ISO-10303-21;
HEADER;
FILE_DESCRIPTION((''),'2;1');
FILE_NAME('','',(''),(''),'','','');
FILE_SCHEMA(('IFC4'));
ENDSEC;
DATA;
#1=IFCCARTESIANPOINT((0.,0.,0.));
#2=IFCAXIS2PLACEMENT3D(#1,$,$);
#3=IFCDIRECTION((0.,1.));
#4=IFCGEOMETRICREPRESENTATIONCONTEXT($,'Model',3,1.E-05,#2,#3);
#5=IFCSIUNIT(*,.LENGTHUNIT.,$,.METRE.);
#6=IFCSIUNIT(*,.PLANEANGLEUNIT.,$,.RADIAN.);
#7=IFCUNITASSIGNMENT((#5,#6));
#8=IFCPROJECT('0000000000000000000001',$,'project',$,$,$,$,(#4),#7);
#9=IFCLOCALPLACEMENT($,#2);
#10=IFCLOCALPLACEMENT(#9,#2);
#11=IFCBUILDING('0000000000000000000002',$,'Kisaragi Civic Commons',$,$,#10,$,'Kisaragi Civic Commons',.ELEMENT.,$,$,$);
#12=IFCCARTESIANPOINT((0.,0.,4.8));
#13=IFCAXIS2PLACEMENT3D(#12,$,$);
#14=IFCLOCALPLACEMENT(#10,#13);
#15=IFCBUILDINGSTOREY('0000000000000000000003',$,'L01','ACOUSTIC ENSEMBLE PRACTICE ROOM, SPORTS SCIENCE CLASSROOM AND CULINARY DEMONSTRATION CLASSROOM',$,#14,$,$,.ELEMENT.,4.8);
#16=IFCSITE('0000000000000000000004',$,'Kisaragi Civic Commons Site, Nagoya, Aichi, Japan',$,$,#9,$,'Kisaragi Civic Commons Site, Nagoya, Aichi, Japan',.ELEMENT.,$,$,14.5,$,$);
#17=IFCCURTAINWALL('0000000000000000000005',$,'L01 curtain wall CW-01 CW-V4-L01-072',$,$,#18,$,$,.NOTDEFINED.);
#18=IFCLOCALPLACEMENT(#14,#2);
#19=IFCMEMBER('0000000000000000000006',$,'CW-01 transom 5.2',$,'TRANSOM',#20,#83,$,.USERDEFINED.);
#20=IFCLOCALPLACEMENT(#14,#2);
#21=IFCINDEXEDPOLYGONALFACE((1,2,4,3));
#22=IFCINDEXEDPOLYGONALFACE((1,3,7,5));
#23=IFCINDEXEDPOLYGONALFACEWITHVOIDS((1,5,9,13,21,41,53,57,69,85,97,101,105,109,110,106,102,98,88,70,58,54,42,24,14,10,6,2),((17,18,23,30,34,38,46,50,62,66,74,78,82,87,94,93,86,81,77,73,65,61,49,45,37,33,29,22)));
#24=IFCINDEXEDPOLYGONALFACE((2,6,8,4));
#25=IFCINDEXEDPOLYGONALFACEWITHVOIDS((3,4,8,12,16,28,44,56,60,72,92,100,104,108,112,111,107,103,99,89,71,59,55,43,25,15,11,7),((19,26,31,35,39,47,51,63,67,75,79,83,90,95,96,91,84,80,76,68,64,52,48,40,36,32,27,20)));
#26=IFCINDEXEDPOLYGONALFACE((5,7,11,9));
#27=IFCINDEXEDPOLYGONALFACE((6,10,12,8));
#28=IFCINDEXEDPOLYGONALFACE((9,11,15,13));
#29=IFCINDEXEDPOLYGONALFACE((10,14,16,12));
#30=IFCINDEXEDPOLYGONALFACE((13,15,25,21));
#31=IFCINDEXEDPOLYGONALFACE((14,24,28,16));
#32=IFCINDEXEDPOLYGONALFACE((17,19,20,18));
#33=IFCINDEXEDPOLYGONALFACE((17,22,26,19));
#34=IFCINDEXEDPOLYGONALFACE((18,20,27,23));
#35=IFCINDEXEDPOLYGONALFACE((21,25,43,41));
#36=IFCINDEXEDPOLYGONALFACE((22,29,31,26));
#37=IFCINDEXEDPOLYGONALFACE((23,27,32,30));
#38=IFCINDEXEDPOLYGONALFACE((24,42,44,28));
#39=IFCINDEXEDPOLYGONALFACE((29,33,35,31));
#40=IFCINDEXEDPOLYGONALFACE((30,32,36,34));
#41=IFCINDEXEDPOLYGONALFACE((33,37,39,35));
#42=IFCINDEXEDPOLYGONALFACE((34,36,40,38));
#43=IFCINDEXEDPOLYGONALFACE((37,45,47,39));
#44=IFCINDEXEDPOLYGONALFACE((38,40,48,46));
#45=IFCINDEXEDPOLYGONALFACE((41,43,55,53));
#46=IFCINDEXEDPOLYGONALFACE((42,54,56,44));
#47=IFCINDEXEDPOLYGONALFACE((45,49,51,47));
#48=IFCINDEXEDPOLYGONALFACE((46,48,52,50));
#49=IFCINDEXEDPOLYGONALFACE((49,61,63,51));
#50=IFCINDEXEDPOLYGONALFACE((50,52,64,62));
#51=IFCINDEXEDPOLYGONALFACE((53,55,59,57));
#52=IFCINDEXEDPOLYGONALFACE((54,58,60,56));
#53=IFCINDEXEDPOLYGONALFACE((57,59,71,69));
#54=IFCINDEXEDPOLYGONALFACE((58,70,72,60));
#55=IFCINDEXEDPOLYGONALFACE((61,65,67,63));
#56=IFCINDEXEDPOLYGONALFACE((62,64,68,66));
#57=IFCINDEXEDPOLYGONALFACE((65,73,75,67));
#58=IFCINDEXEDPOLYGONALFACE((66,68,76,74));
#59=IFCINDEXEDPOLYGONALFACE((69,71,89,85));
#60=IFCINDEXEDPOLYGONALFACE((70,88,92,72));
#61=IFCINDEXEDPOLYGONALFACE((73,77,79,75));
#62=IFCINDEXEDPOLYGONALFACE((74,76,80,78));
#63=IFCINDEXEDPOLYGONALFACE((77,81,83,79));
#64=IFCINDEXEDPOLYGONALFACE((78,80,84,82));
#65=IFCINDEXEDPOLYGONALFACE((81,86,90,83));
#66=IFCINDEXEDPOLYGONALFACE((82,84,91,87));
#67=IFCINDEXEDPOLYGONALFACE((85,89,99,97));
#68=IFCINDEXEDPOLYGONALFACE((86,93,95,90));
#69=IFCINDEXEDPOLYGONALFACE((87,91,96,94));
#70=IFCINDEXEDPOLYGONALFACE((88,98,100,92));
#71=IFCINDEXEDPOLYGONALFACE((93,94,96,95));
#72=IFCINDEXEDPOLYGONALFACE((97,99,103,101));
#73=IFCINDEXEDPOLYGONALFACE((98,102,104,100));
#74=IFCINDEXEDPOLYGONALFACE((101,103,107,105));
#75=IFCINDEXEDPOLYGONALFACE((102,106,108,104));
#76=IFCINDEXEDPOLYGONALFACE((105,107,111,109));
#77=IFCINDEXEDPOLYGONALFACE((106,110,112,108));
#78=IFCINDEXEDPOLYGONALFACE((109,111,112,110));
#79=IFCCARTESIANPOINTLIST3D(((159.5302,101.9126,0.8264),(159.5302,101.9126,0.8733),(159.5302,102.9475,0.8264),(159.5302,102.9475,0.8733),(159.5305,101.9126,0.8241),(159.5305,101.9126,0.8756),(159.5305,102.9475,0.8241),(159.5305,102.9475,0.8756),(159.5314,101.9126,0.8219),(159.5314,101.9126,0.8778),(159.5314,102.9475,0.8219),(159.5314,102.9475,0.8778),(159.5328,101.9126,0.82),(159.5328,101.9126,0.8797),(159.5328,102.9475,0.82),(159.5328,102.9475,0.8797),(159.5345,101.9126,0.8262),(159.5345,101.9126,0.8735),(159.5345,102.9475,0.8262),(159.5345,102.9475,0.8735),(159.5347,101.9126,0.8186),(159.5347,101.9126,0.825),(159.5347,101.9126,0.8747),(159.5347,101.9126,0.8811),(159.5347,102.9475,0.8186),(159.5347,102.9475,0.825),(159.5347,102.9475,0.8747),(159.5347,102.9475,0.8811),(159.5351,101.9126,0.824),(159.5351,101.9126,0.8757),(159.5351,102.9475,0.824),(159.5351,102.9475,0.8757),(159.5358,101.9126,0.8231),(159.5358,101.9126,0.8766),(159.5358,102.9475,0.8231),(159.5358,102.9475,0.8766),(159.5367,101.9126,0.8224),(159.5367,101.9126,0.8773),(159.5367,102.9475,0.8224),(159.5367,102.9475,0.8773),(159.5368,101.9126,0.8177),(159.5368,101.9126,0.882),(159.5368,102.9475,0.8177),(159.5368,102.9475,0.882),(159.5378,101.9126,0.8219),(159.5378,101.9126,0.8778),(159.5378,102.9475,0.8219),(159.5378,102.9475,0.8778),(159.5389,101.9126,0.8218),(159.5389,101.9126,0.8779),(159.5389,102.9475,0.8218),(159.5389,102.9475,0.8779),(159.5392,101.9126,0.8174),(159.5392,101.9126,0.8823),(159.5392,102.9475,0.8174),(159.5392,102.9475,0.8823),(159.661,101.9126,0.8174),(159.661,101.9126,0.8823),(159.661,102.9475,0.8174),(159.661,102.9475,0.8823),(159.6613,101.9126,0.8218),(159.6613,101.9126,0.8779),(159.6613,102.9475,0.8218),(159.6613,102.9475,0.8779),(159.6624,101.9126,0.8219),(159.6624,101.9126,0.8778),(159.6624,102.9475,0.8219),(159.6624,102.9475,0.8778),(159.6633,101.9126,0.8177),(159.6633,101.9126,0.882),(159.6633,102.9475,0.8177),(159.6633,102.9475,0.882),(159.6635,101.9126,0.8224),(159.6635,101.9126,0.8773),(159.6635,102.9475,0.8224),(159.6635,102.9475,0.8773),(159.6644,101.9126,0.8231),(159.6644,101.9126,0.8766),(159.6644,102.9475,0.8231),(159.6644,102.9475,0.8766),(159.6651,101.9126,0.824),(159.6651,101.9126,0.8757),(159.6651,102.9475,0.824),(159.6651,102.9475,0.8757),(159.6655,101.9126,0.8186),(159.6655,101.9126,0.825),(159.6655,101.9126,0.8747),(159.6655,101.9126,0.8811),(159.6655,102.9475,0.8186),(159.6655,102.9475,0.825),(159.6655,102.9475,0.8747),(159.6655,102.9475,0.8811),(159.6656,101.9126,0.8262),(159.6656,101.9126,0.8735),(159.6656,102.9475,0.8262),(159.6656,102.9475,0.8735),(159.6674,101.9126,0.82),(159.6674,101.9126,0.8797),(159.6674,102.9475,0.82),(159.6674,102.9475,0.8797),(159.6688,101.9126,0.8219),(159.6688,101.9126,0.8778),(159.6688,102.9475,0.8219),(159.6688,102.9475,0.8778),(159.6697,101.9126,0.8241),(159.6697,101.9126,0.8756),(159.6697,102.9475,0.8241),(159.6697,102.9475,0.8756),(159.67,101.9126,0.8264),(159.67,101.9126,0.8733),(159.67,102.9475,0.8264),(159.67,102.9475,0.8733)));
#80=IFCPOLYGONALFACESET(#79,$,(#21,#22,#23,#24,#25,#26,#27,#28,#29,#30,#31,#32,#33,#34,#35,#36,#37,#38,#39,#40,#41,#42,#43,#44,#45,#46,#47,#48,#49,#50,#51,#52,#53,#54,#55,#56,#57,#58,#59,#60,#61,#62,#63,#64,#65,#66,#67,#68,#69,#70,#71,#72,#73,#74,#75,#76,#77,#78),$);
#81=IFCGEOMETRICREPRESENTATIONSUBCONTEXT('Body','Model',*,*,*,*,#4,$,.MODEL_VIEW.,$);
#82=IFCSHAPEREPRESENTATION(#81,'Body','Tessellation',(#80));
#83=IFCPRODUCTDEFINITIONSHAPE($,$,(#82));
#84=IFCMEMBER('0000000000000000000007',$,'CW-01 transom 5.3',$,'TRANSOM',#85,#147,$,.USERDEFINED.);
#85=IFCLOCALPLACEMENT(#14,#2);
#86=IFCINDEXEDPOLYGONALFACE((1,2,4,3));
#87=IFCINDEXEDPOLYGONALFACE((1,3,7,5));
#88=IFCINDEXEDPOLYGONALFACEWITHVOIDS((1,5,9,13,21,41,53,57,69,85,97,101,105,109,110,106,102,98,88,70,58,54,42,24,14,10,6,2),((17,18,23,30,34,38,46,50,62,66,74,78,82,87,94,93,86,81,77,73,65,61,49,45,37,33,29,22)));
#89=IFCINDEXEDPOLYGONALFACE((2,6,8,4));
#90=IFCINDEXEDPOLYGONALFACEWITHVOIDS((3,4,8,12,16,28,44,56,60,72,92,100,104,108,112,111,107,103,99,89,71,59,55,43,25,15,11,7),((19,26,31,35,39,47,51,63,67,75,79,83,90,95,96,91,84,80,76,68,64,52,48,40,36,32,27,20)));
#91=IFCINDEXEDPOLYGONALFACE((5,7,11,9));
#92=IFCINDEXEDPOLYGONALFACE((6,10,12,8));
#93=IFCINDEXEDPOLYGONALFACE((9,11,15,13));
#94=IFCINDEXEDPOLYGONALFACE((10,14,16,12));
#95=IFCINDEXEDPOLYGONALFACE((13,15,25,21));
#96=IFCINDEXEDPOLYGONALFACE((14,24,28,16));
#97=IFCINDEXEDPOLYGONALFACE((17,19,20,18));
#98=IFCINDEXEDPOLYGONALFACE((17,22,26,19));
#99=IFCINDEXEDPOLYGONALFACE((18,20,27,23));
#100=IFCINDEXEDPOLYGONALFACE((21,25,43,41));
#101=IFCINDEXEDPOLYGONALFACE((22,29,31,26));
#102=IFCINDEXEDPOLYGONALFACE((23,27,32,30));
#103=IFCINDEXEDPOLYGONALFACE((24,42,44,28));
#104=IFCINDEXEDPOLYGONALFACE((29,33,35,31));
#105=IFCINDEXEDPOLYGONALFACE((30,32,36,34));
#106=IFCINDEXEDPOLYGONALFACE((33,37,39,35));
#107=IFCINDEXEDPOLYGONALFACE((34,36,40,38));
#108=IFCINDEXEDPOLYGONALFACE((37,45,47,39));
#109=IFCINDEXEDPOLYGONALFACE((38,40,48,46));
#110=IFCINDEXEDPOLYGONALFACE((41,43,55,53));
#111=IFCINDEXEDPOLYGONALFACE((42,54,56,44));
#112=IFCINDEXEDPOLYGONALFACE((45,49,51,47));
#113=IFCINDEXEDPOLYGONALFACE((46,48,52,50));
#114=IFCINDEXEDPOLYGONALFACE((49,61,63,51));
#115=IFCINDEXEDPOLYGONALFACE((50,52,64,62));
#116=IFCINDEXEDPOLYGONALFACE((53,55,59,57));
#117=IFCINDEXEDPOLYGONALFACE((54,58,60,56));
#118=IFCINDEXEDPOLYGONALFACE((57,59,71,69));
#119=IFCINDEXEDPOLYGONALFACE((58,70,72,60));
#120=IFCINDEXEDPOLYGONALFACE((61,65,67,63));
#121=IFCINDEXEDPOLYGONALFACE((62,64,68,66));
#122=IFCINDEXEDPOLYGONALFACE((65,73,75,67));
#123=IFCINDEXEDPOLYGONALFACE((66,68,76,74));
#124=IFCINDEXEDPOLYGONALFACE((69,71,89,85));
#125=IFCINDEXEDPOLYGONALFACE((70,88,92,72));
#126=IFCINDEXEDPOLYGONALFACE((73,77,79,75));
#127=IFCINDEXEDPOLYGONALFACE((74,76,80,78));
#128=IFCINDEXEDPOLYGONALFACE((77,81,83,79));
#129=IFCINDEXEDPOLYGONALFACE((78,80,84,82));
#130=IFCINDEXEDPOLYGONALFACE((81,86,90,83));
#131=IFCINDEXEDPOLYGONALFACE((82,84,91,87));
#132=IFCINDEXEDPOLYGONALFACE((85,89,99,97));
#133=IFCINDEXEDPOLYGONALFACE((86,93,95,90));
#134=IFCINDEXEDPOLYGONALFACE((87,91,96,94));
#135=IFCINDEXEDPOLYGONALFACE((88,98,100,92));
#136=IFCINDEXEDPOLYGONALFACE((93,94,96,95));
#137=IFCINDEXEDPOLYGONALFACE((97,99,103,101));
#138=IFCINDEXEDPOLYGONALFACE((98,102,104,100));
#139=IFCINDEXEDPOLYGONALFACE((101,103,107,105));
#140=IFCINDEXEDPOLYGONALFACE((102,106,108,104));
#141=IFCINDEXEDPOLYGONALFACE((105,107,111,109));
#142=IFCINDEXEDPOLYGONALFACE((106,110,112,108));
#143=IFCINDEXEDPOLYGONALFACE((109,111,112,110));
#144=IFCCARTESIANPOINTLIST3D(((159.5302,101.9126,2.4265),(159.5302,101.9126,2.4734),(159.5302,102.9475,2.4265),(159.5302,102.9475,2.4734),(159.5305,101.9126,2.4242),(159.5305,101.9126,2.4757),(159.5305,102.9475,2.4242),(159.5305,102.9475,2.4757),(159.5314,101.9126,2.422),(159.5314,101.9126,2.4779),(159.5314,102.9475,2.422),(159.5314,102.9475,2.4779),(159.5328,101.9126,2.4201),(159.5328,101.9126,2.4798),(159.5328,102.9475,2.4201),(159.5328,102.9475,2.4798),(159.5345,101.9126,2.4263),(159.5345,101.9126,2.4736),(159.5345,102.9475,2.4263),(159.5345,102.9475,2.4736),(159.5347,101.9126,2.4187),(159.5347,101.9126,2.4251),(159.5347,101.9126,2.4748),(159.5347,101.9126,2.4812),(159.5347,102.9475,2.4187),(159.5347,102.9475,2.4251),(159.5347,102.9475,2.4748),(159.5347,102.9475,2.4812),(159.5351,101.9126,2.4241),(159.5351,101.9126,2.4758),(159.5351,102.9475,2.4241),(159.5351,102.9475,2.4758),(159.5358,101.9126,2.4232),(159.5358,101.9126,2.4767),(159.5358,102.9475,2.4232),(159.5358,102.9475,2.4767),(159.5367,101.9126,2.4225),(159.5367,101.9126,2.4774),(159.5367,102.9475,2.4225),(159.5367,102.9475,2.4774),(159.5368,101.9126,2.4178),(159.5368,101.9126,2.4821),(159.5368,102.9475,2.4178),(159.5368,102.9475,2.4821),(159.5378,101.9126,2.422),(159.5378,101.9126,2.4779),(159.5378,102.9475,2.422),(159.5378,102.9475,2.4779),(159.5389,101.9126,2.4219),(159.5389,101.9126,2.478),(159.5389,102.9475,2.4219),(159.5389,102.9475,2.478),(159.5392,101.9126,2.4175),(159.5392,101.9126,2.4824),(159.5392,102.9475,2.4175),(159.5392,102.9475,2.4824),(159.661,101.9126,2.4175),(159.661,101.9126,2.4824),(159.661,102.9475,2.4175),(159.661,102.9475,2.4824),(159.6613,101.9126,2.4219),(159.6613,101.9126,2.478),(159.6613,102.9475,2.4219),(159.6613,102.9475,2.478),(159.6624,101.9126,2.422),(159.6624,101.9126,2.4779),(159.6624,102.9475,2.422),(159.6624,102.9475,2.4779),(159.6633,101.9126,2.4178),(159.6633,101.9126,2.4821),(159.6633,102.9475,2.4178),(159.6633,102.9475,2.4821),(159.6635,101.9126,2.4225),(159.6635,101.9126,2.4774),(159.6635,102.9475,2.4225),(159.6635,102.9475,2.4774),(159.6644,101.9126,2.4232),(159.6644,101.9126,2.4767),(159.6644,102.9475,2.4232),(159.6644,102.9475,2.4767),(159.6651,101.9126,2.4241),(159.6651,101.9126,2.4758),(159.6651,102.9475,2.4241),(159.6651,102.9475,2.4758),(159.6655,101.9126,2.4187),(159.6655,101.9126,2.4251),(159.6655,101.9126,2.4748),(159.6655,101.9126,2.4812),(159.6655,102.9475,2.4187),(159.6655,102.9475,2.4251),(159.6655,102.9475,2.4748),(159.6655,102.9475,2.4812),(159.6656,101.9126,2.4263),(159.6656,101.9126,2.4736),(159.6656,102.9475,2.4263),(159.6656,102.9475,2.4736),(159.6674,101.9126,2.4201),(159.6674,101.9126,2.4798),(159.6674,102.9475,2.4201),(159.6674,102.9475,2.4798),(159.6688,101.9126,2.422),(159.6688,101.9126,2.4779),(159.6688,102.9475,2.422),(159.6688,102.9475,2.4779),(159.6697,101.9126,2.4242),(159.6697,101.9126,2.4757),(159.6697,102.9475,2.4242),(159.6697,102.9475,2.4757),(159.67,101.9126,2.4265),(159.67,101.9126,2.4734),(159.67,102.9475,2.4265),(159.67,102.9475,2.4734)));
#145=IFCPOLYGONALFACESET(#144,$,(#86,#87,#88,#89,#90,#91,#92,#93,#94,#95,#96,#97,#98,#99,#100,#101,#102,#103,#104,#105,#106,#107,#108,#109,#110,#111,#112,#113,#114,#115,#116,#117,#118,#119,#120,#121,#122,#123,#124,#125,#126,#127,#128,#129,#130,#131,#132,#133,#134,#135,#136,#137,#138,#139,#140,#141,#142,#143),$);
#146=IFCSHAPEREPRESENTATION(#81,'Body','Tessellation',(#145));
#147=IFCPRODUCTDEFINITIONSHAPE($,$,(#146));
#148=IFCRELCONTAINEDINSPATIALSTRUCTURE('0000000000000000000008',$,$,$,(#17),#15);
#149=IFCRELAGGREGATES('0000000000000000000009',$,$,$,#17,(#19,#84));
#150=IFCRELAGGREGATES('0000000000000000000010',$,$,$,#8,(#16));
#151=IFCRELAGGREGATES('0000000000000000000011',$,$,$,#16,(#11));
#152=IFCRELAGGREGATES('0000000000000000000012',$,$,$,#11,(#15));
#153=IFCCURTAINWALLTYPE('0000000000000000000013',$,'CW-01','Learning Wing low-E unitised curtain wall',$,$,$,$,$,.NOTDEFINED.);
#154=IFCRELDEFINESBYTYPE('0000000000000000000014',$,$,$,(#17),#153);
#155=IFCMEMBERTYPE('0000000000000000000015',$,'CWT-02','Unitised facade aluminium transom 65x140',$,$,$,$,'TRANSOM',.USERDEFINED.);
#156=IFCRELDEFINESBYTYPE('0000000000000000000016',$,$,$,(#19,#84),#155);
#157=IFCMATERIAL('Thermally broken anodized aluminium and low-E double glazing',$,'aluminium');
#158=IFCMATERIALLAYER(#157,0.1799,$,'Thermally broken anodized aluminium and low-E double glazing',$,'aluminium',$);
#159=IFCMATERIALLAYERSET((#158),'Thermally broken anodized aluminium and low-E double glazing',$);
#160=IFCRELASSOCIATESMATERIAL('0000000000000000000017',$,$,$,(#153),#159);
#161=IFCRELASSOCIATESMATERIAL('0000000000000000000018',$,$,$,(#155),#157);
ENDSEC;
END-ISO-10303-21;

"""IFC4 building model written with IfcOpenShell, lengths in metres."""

from ifc_helpers import new_model, si_unit, direction, frame, origin, origin_2d, place, context, subcontext, project, spatial, hollow_rectangle, extrude, material, layer, layer_set, material_profile, profile_set, type_object, element, aggregate, save


model = new_model("IFC4")

# Units and contexts
model_context = context("Model", 3, precision=1e-05, world=origin(), true_north=direction((0.0, 1.0)))
body_context = subcontext(model_context, "Body", "Model", "MODEL_VIEW")
ifc_project = project(units=[si_unit("LENGTHUNIT", "METRE"), si_unit("PLANEANGLEUNIT", "RADIAN")], contexts=[model_context])

# Site, building, storey
site_placement = place(None, origin())
site = spatial("IfcSite", under=ifc_project, at=site_placement, Name="Kisaragi Civic Commons Site, Nagoya, Aichi, Japan", LongName="Kisaragi Civic Commons Site, Nagoya, Aichi, Japan", CompositionType="ELEMENT", RefElevation=14.5)
building_placement = place(site_placement, origin())
building = spatial("IfcBuilding", under=site, at=building_placement, Name="Kisaragi Civic Commons", LongName="Kisaragi Civic Commons", CompositionType="ELEMENT")
storey_placement = place(building_placement, frame((0.0, 0.0, 4.8)))
storey = spatial("IfcBuildingStorey", under=building, at=storey_placement, Name="L01", Description="ACOUSTIC ENSEMBLE PRACTICE ROOM, SPORTS SCIENCE CLASSROOM AND CULINARY DEMONSTRATION CLASSROOM", CompositionType="ELEMENT", Elevation=4.8)

# Curtain wall, members
ifc_material = material(Name="Thermally broken anodized aluminium and low-E double glazing", Category="aluminium")
ifc_layer_1 = layer(ifc_material, 0.1799, Name="Thermally broken anodized aluminium and low-E double glazing", Category="aluminium")
ifc_layer_set_1 = layer_set([ifc_layer_1], Name="Thermally broken anodized aluminium and low-E double glazing")
curtain_wall_type = type_object("IfcCurtainWallType", Name="CW-01", Description="Learning Wing low-E unitised curtain wall", PredefinedType="NOTDEFINED", material=ifc_layer_set_1)
curtain_wall_placement = place(storey_placement, origin())
curtain_wall = element("IfcCurtainWall", 1, at=curtain_wall_placement, inside=storey, type_object=curtain_wall_type, Name="L01 curtain wall CW-01 CW-V4-L01-072", PredefinedType="NOTDEFINED")
ifc_material_profile_1 = material_profile(ifc_material, hollow_rectangle(XDim=0.1399, YDim=0.0649, WallThickness=0.0044, InnerFilletRadius=0.0044, OuterFilletRadius=0.009, at=origin_2d()), Name="CWT-65x140x4.5", Category="aluminium")
ifc_profile_set_1 = profile_set([ifc_material_profile_1], Name="Thermally broken anodized aluminium and low-E double glazing")
member_type_1 = type_object("IfcMemberType", Name="CWT-02", Description="Unitised facade aluminium transom 65x140", ElementType="TRANSOM", PredefinedType="USERDEFINED", material=ifc_profile_set_1)
member_1_placement = place(storey_placement, frame((159.6001, 102.9475, 0.8499), z_axis=(0.0, -1.0, 0.0), x_axis=(1.0, 0.0, 0.0)))
member_1 = element("IfcMember", 2, at=member_1_placement, type_object=member_type_1, Name="CW-01 transom 5.2", ObjectType="TRANSOM", PredefinedType="USERDEFINED", context=body_context, shape_type="SweptSolid", body=[
    extrude(hollow_rectangle(XDim=0.1399, YDim=0.0649, WallThickness=0.0044, InnerFilletRadius=0.0044, OuterFilletRadius=0.009, at=origin_2d()), origin(), (0.0, 0.0, 1.0), 1.0349),
])
member_2_placement = place(storey_placement, frame((159.6001, 102.9475, 2.45), z_axis=(0.0, -1.0, 0.0), x_axis=(1.0, 0.0, 0.0)))
member_2 = element("IfcMember", 3, at=member_2_placement, type_object=member_type_1, Name="CW-01 transom 5.3", ObjectType="TRANSOM", PredefinedType="USERDEFINED", context=body_context, shape_type="SweptSolid", body=[
    extrude(hollow_rectangle(XDim=0.1399, YDim=0.0649, WallThickness=0.0044, InnerFilletRadius=0.0044, OuterFilletRadius=0.009, at=origin_2d()), origin(), (0.0, 0.0, 1.0), 1.0349),
])
aggregate(curtain_wall, [member_1, member_2])

save(model, "model.ifc")
